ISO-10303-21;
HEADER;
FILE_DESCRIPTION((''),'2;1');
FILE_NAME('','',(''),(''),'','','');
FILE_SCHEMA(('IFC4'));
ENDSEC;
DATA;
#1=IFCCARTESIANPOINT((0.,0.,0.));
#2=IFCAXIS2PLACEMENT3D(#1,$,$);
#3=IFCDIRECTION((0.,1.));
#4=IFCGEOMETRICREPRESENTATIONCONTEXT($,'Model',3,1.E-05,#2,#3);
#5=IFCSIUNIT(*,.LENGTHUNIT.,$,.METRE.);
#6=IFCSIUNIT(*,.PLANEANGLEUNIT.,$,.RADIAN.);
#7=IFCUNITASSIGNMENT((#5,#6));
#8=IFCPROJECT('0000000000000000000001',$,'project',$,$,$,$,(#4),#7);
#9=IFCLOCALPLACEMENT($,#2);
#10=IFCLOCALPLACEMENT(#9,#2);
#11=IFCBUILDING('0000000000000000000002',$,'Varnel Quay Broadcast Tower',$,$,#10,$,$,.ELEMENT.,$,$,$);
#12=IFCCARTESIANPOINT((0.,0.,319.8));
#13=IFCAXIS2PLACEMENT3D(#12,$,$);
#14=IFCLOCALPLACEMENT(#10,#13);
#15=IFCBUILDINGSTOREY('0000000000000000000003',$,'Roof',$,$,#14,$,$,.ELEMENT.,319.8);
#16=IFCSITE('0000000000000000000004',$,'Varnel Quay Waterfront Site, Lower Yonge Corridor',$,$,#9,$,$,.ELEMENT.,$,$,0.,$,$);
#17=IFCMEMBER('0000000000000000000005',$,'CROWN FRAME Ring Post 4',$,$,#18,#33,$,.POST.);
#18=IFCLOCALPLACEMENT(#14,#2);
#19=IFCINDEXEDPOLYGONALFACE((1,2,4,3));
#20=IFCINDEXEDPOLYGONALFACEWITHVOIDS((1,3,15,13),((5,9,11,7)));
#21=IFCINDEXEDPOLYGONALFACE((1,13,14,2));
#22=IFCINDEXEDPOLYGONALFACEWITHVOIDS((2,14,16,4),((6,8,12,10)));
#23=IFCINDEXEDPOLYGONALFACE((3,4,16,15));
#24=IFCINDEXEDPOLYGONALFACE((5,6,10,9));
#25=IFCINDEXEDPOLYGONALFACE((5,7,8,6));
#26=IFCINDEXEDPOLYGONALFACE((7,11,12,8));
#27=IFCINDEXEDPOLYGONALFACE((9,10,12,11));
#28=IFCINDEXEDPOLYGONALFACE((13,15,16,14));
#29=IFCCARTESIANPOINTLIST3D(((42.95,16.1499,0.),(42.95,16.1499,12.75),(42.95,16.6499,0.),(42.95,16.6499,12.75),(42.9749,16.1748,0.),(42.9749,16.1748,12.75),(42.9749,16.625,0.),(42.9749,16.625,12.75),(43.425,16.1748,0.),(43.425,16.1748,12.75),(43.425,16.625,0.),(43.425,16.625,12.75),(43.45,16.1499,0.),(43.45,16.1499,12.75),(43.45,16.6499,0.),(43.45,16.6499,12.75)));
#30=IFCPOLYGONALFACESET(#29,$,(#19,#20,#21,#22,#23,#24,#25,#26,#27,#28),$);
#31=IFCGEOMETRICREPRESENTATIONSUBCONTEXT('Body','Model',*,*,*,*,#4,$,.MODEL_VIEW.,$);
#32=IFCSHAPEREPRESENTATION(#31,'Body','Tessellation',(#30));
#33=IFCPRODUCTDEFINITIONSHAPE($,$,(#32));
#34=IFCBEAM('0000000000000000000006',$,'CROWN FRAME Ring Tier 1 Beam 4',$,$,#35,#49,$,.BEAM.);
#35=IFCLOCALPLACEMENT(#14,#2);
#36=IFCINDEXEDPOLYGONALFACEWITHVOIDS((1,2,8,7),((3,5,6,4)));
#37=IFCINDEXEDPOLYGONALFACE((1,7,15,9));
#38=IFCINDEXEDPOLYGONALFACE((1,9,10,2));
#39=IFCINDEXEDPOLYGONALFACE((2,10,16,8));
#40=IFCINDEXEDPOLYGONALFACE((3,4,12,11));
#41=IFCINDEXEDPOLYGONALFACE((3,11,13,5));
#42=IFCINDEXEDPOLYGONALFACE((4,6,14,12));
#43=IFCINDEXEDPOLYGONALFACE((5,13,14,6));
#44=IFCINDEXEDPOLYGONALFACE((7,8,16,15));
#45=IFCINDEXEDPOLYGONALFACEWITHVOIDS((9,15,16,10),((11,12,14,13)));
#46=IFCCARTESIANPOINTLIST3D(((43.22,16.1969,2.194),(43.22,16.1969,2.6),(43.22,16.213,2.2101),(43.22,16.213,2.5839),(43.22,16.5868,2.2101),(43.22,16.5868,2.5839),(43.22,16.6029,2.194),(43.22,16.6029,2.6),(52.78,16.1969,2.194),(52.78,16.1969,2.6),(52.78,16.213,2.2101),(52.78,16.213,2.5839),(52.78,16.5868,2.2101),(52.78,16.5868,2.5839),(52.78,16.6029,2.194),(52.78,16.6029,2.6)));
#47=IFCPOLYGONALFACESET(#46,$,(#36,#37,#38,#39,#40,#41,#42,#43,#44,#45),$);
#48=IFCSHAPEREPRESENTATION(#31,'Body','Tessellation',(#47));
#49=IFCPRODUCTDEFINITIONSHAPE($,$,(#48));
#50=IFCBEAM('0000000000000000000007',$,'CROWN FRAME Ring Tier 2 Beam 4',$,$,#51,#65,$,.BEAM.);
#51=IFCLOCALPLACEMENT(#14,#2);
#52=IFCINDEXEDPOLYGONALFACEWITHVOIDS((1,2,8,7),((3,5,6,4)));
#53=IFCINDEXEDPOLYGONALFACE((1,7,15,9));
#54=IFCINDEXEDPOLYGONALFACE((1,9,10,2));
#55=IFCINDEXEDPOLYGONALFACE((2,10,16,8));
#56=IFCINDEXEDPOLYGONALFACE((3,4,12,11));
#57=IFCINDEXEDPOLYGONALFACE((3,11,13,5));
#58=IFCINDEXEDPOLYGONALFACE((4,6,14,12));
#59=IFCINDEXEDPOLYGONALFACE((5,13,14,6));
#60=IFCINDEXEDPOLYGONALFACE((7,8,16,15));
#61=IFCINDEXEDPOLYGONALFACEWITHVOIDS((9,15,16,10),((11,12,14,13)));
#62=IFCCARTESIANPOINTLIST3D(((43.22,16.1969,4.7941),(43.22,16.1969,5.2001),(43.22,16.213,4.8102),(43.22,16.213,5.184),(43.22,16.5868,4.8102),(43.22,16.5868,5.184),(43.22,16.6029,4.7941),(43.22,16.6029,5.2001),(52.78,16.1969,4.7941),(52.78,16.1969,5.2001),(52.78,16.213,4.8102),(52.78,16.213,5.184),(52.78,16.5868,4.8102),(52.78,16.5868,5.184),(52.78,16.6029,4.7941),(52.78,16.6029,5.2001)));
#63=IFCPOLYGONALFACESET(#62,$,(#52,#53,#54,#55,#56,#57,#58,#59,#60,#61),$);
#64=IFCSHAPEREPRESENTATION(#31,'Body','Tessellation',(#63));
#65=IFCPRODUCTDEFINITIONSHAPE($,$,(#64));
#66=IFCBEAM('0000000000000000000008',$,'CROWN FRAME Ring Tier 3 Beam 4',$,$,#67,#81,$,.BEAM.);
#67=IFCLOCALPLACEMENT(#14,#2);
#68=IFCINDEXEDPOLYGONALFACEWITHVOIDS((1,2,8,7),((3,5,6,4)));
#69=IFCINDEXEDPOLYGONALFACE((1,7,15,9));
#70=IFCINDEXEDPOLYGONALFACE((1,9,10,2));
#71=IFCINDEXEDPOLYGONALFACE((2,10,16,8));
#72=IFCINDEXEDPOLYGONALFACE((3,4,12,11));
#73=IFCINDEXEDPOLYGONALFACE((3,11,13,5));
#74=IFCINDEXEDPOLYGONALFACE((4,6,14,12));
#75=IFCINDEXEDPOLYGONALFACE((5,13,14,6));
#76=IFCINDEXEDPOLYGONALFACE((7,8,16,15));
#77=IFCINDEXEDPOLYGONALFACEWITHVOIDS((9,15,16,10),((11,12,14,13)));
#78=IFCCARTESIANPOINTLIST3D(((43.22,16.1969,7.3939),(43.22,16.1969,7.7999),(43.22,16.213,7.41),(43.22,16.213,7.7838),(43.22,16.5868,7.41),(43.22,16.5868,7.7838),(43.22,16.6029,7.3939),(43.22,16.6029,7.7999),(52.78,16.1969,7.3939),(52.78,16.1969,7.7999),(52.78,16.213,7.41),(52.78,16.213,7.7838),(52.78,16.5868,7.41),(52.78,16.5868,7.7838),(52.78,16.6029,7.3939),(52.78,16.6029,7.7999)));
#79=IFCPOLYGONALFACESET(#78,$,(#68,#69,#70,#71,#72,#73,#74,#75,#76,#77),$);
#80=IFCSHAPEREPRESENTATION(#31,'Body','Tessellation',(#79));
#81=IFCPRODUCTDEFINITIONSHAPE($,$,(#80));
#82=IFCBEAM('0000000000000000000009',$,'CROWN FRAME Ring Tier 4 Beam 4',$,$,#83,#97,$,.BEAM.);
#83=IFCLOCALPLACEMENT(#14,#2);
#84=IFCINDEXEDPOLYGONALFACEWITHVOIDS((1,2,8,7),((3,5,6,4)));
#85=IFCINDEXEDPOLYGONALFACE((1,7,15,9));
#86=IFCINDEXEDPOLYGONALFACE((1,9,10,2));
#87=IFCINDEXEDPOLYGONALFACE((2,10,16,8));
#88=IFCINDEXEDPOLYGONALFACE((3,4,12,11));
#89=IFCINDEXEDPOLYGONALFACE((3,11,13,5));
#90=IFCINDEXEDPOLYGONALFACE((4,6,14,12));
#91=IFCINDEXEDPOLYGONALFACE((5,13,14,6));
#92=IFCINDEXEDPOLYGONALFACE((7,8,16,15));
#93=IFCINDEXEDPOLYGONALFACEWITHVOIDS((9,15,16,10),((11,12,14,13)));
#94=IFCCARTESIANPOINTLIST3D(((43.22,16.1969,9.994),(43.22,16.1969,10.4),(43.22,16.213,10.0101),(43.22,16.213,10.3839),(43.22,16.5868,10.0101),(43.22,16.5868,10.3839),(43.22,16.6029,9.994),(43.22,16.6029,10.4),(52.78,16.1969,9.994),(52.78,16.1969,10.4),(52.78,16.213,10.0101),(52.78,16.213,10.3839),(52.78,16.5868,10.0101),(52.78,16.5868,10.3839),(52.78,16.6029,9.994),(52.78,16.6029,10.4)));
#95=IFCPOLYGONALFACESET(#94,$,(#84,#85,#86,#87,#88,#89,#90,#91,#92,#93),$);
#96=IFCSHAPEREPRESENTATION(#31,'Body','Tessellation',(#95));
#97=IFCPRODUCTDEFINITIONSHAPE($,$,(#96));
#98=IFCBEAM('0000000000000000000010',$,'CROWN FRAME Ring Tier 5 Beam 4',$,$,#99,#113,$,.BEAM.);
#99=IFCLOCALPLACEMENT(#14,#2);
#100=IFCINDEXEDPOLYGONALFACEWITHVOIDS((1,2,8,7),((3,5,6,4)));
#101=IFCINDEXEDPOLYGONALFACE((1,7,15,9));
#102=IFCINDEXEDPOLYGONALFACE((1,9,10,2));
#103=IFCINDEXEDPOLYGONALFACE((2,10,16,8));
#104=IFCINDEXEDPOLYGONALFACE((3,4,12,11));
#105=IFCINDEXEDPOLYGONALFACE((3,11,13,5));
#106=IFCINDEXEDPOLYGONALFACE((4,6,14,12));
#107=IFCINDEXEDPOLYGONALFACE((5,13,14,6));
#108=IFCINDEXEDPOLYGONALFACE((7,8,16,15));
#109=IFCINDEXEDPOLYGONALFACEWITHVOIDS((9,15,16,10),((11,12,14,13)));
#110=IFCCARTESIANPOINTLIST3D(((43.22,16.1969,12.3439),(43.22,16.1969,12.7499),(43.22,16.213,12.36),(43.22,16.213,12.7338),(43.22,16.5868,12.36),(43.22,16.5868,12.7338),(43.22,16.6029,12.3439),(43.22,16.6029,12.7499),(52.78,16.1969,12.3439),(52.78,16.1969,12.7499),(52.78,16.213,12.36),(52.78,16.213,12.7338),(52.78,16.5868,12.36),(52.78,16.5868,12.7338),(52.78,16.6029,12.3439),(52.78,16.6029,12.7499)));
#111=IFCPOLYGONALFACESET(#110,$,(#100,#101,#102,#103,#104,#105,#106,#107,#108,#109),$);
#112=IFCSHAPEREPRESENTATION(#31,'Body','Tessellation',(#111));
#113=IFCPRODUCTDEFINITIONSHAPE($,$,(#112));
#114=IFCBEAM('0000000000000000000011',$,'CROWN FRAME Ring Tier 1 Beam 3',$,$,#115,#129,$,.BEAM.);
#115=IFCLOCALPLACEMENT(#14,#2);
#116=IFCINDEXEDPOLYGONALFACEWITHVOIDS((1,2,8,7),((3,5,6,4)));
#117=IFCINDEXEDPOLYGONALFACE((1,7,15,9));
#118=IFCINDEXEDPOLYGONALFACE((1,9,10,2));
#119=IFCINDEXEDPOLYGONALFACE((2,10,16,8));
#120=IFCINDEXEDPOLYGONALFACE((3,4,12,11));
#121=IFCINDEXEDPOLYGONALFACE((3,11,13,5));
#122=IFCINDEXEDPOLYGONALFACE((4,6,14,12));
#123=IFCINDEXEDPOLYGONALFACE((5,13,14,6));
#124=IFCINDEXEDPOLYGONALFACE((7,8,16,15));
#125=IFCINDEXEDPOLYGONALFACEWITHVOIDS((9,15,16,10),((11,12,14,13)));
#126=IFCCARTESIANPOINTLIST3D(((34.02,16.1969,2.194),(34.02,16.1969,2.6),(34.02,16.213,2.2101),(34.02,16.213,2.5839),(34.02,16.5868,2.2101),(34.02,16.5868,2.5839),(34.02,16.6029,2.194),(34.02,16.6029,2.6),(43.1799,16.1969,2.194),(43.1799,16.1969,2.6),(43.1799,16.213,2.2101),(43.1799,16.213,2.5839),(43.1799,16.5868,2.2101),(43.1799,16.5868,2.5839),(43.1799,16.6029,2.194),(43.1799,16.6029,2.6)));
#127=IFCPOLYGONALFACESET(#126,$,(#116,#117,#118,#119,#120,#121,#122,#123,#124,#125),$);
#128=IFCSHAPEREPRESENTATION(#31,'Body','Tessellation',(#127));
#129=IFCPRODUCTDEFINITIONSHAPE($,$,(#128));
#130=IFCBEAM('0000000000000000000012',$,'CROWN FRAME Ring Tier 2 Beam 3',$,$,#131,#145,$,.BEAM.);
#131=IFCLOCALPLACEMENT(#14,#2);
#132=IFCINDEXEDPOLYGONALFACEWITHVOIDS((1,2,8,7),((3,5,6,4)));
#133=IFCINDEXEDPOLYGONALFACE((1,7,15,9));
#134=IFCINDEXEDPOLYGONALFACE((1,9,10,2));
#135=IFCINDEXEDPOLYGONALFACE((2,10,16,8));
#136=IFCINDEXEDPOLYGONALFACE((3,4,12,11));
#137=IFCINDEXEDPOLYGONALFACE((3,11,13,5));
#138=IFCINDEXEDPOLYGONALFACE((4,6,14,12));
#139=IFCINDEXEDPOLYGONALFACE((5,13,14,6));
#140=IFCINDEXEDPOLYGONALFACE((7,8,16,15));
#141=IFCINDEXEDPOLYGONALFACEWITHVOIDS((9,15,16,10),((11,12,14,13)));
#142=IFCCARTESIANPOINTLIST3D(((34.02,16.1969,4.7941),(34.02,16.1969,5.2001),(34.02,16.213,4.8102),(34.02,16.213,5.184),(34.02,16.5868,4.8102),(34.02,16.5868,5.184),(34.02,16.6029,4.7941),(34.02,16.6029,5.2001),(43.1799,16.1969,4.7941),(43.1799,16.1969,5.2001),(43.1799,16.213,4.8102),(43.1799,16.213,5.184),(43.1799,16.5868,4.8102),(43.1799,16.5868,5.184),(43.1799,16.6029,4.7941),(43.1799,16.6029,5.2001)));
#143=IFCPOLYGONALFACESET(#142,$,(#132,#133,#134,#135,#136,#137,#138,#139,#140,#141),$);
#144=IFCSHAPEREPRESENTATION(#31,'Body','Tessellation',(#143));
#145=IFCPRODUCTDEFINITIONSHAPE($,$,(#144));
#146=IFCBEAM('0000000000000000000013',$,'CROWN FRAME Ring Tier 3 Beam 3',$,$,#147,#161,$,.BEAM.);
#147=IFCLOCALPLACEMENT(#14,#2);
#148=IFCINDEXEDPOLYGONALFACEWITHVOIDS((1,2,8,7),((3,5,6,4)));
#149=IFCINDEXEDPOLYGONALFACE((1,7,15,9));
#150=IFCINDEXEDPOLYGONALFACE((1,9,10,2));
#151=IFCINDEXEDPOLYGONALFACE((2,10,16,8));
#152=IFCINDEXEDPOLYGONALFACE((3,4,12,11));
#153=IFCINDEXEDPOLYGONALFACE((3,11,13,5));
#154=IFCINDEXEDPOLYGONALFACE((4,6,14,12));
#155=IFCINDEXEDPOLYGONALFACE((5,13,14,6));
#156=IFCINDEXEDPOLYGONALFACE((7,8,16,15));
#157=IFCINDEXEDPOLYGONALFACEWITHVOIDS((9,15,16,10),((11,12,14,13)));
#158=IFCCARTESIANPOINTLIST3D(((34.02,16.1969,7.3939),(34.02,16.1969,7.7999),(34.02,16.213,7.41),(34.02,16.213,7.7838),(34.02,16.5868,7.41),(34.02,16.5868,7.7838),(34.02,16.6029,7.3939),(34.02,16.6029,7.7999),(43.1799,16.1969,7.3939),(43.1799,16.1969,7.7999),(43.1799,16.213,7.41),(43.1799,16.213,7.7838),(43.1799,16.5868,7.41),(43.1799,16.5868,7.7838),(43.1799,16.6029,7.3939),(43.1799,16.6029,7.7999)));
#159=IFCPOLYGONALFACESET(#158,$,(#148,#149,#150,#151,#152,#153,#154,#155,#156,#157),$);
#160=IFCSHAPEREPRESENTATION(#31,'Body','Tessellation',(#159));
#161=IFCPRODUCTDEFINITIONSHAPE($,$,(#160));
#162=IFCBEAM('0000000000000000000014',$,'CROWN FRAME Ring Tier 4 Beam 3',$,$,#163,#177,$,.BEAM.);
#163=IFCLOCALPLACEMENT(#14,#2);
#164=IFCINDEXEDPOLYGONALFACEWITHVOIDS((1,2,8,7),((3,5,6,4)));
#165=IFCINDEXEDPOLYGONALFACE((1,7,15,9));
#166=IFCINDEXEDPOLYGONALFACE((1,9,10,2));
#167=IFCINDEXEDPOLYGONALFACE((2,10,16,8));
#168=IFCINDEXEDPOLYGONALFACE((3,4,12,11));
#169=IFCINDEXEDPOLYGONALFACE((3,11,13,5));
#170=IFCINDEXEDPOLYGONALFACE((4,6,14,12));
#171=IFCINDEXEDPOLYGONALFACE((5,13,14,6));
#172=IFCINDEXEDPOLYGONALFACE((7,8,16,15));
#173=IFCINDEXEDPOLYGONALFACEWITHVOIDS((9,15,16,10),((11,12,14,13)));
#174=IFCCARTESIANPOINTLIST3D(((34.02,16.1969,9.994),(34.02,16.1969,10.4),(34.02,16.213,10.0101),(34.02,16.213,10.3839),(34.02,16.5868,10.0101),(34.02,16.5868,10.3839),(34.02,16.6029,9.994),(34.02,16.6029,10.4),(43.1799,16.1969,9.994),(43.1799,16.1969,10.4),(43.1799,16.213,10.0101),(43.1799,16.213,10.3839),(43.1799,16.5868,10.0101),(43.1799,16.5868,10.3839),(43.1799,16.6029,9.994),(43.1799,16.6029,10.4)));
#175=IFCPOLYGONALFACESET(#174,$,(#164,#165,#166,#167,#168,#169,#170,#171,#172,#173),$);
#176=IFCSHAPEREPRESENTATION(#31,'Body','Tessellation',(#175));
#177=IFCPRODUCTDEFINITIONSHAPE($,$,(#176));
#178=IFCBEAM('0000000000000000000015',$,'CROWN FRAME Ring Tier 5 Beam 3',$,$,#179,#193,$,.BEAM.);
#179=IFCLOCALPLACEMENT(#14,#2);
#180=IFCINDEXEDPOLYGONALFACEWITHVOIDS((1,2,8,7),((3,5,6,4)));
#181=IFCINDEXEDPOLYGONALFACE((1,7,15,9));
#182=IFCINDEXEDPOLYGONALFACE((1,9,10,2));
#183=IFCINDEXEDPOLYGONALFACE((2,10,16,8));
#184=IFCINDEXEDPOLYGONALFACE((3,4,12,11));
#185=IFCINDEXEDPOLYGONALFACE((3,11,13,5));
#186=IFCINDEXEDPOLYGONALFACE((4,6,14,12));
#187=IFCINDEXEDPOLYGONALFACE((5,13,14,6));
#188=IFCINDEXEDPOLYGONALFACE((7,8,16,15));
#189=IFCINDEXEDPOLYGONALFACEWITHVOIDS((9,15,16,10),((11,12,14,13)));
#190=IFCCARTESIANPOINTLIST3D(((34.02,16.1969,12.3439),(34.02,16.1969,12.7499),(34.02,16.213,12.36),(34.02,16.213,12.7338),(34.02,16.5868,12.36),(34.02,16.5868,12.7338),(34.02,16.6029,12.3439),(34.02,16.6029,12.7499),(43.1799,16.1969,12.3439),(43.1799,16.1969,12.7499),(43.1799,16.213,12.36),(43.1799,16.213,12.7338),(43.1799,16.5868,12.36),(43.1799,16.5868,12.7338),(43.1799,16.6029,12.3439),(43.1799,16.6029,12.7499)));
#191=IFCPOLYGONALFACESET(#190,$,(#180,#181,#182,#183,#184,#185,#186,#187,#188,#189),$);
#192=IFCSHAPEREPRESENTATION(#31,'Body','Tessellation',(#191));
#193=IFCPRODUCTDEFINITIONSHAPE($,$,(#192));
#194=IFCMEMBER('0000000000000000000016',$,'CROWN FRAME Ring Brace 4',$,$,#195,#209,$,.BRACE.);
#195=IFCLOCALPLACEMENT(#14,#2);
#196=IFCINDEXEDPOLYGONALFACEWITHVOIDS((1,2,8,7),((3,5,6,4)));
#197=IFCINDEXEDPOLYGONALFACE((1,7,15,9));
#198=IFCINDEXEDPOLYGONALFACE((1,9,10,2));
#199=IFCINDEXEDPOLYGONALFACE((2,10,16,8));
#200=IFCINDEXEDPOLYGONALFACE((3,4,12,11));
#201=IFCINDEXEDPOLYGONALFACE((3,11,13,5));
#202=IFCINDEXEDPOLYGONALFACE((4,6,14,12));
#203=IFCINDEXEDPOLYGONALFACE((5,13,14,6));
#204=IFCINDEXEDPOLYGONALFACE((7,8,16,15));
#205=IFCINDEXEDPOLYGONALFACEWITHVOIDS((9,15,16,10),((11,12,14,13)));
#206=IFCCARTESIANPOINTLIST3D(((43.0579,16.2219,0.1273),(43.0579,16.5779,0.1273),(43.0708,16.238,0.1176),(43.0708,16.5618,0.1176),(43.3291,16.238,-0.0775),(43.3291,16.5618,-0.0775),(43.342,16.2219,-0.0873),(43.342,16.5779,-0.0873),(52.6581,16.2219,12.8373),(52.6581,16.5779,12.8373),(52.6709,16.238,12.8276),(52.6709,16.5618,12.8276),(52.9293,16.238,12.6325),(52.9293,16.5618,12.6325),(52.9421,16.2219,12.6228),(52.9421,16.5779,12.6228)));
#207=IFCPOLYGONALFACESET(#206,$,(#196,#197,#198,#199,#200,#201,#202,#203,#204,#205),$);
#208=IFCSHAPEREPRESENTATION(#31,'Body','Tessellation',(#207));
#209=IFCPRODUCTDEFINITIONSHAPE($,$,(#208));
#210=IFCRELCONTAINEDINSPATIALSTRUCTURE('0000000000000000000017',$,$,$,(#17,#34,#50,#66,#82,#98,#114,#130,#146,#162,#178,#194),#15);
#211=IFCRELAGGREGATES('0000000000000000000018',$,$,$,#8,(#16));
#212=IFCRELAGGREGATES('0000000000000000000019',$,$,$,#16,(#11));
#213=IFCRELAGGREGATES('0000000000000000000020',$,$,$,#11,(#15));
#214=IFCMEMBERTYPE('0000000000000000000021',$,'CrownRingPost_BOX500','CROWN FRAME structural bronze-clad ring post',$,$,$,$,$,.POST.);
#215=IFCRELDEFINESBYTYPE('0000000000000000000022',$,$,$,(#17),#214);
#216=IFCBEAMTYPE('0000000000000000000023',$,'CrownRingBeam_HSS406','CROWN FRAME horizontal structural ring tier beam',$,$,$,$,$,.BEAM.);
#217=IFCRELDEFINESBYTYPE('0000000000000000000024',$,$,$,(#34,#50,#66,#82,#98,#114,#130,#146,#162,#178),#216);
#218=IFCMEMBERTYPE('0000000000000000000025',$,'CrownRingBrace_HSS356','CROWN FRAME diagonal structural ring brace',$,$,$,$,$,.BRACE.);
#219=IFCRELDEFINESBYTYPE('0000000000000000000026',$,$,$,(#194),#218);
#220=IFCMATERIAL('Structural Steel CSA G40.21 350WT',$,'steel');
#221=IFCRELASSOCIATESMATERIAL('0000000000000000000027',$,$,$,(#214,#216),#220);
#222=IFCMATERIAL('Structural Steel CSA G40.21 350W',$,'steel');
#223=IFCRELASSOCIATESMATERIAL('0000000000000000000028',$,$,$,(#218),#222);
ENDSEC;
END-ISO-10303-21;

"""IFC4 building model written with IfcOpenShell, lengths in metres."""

from ifc_helpers import new_model, si_unit, direction, frame, origin, origin_2d, place, context, subcontext, project, spatial, hollow_rectangle, extrude, source, transform, mapped, material, material_profile, profile_set, type_object, type_shapes, element, save


model = new_model("IFC4")

# Units and contexts
model_context = context("Model", 3, precision=1e-05, world=origin(), true_north=direction((0.0, 1.0)))
body_context = subcontext(model_context, "Body", "Model", "MODEL_VIEW")
ifc_project = project(units=[si_unit("LENGTHUNIT", "METRE"), si_unit("PLANEANGLEUNIT", "RADIAN")], contexts=[model_context])

# Site, building, storey
site_placement = place(None, origin())
site = spatial("IfcSite", under=ifc_project, at=site_placement, Name="Varnel Quay Waterfront Site, Lower Yonge Corridor", CompositionType="ELEMENT", RefElevation=0.0)
building_placement = place(site_placement, origin())
building = spatial("IfcBuilding", under=site, at=building_placement, Name="Varnel Quay Broadcast Tower", CompositionType="ELEMENT")
storey_placement = place(building_placement, frame((0.0, 0.0, 319.8)))
storey = spatial("IfcBuildingStorey", under=building, at=storey_placement, Name="Roof", CompositionType="ELEMENT", Elevation=319.8)

# Member
ifc_material_1 = material(Name="Structural Steel CSA G40.21 350WT", Category="steel")
ifc_material_profile_1 = material_profile(ifc_material_1, hollow_rectangle(XDim=0.5, YDim=0.5, WallThickness=0.0249, at=origin_2d()), Name="BOX500X500X25")
ifc_profile_set_1 = profile_set([ifc_material_profile_1], Name="Structural Steel CSA G40.21 350WT")
member_type_1 = type_object("IfcMemberType", Name="CrownRingPost_BOX500", Description="CROWN FRAME structural bronze-clad ring post", PredefinedType="POST", material=ifc_profile_set_1)
shared_shape_1 = source(origin(), body_context, "Body", "SweptSolid", [
    extrude(hollow_rectangle(XDim=0.5, YDim=0.5, WallThickness=0.0249, at=origin_2d()), origin(), (0.0, 0.0, 1.0), 12.75),
])
type_shapes(member_type_1, [shared_shape_1])
member_1_placement = place(storey_placement, frame((43.2, 16.3999, 0.0), z_axis=(0.0, 0.0, 1.0), x_axis=(1.0, 0.0, 0.0)))
element("IfcMember", 1, at=member_1_placement, inside=storey, type_object=member_type_1, Name="CROWN FRAME Ring Post 4", PredefinedType="POST", context=body_context, shape_type="MappedRepresentation", body=[
    mapped(shared_shape_1, transform((0.0, 0.0, 0.0), x_axis=(1.0, 0.0, 0.0), y_axis=(0.0, 1.0, 0.0), z_axis=(0.0, 0.0, 1.0), scale=1.0)),
])

# Beams
ifc_material_profile_2 = material_profile(ifc_material_1, hollow_rectangle(XDim=0.406, YDim=0.406, WallThickness=0.0161, at=origin_2d()), Name="HSS406X406X16")
ifc_profile_set_2 = profile_set([ifc_material_profile_2], Name="Structural Steel CSA G40.21 350WT")
beam_type = type_object("IfcBeamType", Name="CrownRingBeam_HSS406", Description="CROWN FRAME horizontal structural ring tier beam", PredefinedType="BEAM", material=ifc_profile_set_2)
shared_shape_2 = source(origin(), body_context, "Body", "SweptSolid", [
    extrude(hollow_rectangle(XDim=0.406, YDim=0.406, WallThickness=0.0161, at=origin_2d()), origin(), (0.0, 0.0, 1.0), 9.5601),
])
for number, where, z_axis, x_axis, name in (
    (2, (43.22, 16.3999, 2.397), (1.0, 0.0, 0.0), (0.0, 1.0, 0.0), "CROWN FRAME Ring Tier 1 Beam 4"),
    (3, (43.22, 16.3999, 4.9971), (1.0, 0.0, 0.0), (0.0, 1.0, 0.0), "CROWN FRAME Ring Tier 2 Beam 4"),
    (4, (43.22, 16.3999, 7.5969), (1.0, 0.0, 0.0), (0.0, 1.0, 0.0), "CROWN FRAME Ring Tier 3 Beam 4"),
    (5, (43.22, 16.3999, 10.197), (1.0, 0.0, 0.0), (0.0, 1.0, 0.0), "CROWN FRAME Ring Tier 4 Beam 4"),
    (6, (43.22, 16.3999, 12.5469), (1.0, 0.0, 0.0), (0.0, 1.0, 0.0), "CROWN FRAME Ring Tier 5 Beam 4"),
):
    element("IfcBeam", number, at=place(storey_placement, frame(where, z_axis=z_axis, x_axis=x_axis)), inside=storey, type_object=beam_type, Name=name, PredefinedType="BEAM", context=body_context, shape_type="MappedRepresentation", body=[
        mapped(shared_shape_2, transform((0.0, 0.0, 0.0), x_axis=(1.0, 0.0, 0.0), y_axis=(0.0, 1.0, 0.0), z_axis=(0.0, 0.0, 1.0), scale=1.0)),
    ])
shared_shape_3 = source(origin(), body_context, "Body", "SweptSolid", [
    extrude(hollow_rectangle(XDim=0.406, YDim=0.406, WallThickness=0.0161, at=origin_2d()), origin(), (0.0, 0.0, 1.0), 9.1599),
])
type_shapes(beam_type, [shared_shape_2, shared_shape_3])
for number, where, z_axis, x_axis, name in (
    (7, (34.02, 16.3999, 2.397), (1.0, 0.0, 0.0), (0.0, 1.0, 0.0), "CROWN FRAME Ring Tier 1 Beam 3"),
    (8, (34.02, 16.3999, 4.9971), (1.0, 0.0, 0.0), (0.0, 1.0, 0.0), "CROWN FRAME Ring Tier 2 Beam 3"),
    (9, (34.02, 16.3999, 7.5969), (1.0, 0.0, 0.0), (0.0, 1.0, 0.0), "CROWN FRAME Ring Tier 3 Beam 3"),
    (10, (34.02, 16.3999, 10.197), (1.0, 0.0, 0.0), (0.0, 1.0, 0.0), "CROWN FRAME Ring Tier 4 Beam 3"),
    (11, (34.02, 16.3999, 12.5469), (1.0, 0.0, 0.0), (0.0, 1.0, 0.0), "CROWN FRAME Ring Tier 5 Beam 3"),
):
    element("IfcBeam", number, at=place(storey_placement, frame(where, z_axis=z_axis, x_axis=x_axis)), inside=storey, type_object=beam_type, Name=name, PredefinedType="BEAM", context=body_context, shape_type="MappedRepresentation", body=[
        mapped(shared_shape_3, transform((0.0, 0.0, 0.0), x_axis=(1.0, 0.0, 0.0), y_axis=(0.0, 1.0, 0.0), z_axis=(0.0, 0.0, 1.0), scale=1.0)),
    ])

# Member
ifc_material_2 = material(Name="Structural Steel CSA G40.21 350W", Category="steel")
ifc_material_profile_3 = material_profile(ifc_material_2, hollow_rectangle(XDim=0.356, YDim=0.356, WallThickness=0.0161, at=origin_2d()), Name="HSS356X356X16")
ifc_profile_set_3 = profile_set([ifc_material_profile_3], Name="Structural Steel CSA G40.21 350W")
member_type_2 = type_object("IfcMemberType", Name="CrownRingBrace_HSS356", Description="CROWN FRAME diagonal structural ring brace", PredefinedType="BRACE", material=ifc_profile_set_3)
shared_shape_4 = source(origin(), body_context, "Body", "SweptSolid", [
    extrude(hollow_rectangle(XDim=0.356, YDim=0.356, WallThickness=0.0161, at=origin_2d()), origin(), (0.0, 0.0, 1.0), 15.9282),
])
type_shapes(member_type_2, [shared_shape_4])
member_2_placement = place(storey_placement, frame((43.2, 16.3999, 0.02), z_axis=(0.602714, 0.0, 0.797957), x_axis=(0.0, 1.0, 0.0)))
element("IfcMember", 12, at=member_2_placement, inside=storey, type_object=member_type_2, Name="CROWN FRAME Ring Brace 4", PredefinedType="BRACE", context=body_context, shape_type="MappedRepresentation", body=[
    mapped(shared_shape_4, transform((0.0, 0.0, 0.0), x_axis=(1.0, 0.0, 0.0), y_axis=(0.0, 1.0, 0.0), z_axis=(0.0, 0.0, 1.0), scale=1.0)),
])

save(model, "model.ifc")
